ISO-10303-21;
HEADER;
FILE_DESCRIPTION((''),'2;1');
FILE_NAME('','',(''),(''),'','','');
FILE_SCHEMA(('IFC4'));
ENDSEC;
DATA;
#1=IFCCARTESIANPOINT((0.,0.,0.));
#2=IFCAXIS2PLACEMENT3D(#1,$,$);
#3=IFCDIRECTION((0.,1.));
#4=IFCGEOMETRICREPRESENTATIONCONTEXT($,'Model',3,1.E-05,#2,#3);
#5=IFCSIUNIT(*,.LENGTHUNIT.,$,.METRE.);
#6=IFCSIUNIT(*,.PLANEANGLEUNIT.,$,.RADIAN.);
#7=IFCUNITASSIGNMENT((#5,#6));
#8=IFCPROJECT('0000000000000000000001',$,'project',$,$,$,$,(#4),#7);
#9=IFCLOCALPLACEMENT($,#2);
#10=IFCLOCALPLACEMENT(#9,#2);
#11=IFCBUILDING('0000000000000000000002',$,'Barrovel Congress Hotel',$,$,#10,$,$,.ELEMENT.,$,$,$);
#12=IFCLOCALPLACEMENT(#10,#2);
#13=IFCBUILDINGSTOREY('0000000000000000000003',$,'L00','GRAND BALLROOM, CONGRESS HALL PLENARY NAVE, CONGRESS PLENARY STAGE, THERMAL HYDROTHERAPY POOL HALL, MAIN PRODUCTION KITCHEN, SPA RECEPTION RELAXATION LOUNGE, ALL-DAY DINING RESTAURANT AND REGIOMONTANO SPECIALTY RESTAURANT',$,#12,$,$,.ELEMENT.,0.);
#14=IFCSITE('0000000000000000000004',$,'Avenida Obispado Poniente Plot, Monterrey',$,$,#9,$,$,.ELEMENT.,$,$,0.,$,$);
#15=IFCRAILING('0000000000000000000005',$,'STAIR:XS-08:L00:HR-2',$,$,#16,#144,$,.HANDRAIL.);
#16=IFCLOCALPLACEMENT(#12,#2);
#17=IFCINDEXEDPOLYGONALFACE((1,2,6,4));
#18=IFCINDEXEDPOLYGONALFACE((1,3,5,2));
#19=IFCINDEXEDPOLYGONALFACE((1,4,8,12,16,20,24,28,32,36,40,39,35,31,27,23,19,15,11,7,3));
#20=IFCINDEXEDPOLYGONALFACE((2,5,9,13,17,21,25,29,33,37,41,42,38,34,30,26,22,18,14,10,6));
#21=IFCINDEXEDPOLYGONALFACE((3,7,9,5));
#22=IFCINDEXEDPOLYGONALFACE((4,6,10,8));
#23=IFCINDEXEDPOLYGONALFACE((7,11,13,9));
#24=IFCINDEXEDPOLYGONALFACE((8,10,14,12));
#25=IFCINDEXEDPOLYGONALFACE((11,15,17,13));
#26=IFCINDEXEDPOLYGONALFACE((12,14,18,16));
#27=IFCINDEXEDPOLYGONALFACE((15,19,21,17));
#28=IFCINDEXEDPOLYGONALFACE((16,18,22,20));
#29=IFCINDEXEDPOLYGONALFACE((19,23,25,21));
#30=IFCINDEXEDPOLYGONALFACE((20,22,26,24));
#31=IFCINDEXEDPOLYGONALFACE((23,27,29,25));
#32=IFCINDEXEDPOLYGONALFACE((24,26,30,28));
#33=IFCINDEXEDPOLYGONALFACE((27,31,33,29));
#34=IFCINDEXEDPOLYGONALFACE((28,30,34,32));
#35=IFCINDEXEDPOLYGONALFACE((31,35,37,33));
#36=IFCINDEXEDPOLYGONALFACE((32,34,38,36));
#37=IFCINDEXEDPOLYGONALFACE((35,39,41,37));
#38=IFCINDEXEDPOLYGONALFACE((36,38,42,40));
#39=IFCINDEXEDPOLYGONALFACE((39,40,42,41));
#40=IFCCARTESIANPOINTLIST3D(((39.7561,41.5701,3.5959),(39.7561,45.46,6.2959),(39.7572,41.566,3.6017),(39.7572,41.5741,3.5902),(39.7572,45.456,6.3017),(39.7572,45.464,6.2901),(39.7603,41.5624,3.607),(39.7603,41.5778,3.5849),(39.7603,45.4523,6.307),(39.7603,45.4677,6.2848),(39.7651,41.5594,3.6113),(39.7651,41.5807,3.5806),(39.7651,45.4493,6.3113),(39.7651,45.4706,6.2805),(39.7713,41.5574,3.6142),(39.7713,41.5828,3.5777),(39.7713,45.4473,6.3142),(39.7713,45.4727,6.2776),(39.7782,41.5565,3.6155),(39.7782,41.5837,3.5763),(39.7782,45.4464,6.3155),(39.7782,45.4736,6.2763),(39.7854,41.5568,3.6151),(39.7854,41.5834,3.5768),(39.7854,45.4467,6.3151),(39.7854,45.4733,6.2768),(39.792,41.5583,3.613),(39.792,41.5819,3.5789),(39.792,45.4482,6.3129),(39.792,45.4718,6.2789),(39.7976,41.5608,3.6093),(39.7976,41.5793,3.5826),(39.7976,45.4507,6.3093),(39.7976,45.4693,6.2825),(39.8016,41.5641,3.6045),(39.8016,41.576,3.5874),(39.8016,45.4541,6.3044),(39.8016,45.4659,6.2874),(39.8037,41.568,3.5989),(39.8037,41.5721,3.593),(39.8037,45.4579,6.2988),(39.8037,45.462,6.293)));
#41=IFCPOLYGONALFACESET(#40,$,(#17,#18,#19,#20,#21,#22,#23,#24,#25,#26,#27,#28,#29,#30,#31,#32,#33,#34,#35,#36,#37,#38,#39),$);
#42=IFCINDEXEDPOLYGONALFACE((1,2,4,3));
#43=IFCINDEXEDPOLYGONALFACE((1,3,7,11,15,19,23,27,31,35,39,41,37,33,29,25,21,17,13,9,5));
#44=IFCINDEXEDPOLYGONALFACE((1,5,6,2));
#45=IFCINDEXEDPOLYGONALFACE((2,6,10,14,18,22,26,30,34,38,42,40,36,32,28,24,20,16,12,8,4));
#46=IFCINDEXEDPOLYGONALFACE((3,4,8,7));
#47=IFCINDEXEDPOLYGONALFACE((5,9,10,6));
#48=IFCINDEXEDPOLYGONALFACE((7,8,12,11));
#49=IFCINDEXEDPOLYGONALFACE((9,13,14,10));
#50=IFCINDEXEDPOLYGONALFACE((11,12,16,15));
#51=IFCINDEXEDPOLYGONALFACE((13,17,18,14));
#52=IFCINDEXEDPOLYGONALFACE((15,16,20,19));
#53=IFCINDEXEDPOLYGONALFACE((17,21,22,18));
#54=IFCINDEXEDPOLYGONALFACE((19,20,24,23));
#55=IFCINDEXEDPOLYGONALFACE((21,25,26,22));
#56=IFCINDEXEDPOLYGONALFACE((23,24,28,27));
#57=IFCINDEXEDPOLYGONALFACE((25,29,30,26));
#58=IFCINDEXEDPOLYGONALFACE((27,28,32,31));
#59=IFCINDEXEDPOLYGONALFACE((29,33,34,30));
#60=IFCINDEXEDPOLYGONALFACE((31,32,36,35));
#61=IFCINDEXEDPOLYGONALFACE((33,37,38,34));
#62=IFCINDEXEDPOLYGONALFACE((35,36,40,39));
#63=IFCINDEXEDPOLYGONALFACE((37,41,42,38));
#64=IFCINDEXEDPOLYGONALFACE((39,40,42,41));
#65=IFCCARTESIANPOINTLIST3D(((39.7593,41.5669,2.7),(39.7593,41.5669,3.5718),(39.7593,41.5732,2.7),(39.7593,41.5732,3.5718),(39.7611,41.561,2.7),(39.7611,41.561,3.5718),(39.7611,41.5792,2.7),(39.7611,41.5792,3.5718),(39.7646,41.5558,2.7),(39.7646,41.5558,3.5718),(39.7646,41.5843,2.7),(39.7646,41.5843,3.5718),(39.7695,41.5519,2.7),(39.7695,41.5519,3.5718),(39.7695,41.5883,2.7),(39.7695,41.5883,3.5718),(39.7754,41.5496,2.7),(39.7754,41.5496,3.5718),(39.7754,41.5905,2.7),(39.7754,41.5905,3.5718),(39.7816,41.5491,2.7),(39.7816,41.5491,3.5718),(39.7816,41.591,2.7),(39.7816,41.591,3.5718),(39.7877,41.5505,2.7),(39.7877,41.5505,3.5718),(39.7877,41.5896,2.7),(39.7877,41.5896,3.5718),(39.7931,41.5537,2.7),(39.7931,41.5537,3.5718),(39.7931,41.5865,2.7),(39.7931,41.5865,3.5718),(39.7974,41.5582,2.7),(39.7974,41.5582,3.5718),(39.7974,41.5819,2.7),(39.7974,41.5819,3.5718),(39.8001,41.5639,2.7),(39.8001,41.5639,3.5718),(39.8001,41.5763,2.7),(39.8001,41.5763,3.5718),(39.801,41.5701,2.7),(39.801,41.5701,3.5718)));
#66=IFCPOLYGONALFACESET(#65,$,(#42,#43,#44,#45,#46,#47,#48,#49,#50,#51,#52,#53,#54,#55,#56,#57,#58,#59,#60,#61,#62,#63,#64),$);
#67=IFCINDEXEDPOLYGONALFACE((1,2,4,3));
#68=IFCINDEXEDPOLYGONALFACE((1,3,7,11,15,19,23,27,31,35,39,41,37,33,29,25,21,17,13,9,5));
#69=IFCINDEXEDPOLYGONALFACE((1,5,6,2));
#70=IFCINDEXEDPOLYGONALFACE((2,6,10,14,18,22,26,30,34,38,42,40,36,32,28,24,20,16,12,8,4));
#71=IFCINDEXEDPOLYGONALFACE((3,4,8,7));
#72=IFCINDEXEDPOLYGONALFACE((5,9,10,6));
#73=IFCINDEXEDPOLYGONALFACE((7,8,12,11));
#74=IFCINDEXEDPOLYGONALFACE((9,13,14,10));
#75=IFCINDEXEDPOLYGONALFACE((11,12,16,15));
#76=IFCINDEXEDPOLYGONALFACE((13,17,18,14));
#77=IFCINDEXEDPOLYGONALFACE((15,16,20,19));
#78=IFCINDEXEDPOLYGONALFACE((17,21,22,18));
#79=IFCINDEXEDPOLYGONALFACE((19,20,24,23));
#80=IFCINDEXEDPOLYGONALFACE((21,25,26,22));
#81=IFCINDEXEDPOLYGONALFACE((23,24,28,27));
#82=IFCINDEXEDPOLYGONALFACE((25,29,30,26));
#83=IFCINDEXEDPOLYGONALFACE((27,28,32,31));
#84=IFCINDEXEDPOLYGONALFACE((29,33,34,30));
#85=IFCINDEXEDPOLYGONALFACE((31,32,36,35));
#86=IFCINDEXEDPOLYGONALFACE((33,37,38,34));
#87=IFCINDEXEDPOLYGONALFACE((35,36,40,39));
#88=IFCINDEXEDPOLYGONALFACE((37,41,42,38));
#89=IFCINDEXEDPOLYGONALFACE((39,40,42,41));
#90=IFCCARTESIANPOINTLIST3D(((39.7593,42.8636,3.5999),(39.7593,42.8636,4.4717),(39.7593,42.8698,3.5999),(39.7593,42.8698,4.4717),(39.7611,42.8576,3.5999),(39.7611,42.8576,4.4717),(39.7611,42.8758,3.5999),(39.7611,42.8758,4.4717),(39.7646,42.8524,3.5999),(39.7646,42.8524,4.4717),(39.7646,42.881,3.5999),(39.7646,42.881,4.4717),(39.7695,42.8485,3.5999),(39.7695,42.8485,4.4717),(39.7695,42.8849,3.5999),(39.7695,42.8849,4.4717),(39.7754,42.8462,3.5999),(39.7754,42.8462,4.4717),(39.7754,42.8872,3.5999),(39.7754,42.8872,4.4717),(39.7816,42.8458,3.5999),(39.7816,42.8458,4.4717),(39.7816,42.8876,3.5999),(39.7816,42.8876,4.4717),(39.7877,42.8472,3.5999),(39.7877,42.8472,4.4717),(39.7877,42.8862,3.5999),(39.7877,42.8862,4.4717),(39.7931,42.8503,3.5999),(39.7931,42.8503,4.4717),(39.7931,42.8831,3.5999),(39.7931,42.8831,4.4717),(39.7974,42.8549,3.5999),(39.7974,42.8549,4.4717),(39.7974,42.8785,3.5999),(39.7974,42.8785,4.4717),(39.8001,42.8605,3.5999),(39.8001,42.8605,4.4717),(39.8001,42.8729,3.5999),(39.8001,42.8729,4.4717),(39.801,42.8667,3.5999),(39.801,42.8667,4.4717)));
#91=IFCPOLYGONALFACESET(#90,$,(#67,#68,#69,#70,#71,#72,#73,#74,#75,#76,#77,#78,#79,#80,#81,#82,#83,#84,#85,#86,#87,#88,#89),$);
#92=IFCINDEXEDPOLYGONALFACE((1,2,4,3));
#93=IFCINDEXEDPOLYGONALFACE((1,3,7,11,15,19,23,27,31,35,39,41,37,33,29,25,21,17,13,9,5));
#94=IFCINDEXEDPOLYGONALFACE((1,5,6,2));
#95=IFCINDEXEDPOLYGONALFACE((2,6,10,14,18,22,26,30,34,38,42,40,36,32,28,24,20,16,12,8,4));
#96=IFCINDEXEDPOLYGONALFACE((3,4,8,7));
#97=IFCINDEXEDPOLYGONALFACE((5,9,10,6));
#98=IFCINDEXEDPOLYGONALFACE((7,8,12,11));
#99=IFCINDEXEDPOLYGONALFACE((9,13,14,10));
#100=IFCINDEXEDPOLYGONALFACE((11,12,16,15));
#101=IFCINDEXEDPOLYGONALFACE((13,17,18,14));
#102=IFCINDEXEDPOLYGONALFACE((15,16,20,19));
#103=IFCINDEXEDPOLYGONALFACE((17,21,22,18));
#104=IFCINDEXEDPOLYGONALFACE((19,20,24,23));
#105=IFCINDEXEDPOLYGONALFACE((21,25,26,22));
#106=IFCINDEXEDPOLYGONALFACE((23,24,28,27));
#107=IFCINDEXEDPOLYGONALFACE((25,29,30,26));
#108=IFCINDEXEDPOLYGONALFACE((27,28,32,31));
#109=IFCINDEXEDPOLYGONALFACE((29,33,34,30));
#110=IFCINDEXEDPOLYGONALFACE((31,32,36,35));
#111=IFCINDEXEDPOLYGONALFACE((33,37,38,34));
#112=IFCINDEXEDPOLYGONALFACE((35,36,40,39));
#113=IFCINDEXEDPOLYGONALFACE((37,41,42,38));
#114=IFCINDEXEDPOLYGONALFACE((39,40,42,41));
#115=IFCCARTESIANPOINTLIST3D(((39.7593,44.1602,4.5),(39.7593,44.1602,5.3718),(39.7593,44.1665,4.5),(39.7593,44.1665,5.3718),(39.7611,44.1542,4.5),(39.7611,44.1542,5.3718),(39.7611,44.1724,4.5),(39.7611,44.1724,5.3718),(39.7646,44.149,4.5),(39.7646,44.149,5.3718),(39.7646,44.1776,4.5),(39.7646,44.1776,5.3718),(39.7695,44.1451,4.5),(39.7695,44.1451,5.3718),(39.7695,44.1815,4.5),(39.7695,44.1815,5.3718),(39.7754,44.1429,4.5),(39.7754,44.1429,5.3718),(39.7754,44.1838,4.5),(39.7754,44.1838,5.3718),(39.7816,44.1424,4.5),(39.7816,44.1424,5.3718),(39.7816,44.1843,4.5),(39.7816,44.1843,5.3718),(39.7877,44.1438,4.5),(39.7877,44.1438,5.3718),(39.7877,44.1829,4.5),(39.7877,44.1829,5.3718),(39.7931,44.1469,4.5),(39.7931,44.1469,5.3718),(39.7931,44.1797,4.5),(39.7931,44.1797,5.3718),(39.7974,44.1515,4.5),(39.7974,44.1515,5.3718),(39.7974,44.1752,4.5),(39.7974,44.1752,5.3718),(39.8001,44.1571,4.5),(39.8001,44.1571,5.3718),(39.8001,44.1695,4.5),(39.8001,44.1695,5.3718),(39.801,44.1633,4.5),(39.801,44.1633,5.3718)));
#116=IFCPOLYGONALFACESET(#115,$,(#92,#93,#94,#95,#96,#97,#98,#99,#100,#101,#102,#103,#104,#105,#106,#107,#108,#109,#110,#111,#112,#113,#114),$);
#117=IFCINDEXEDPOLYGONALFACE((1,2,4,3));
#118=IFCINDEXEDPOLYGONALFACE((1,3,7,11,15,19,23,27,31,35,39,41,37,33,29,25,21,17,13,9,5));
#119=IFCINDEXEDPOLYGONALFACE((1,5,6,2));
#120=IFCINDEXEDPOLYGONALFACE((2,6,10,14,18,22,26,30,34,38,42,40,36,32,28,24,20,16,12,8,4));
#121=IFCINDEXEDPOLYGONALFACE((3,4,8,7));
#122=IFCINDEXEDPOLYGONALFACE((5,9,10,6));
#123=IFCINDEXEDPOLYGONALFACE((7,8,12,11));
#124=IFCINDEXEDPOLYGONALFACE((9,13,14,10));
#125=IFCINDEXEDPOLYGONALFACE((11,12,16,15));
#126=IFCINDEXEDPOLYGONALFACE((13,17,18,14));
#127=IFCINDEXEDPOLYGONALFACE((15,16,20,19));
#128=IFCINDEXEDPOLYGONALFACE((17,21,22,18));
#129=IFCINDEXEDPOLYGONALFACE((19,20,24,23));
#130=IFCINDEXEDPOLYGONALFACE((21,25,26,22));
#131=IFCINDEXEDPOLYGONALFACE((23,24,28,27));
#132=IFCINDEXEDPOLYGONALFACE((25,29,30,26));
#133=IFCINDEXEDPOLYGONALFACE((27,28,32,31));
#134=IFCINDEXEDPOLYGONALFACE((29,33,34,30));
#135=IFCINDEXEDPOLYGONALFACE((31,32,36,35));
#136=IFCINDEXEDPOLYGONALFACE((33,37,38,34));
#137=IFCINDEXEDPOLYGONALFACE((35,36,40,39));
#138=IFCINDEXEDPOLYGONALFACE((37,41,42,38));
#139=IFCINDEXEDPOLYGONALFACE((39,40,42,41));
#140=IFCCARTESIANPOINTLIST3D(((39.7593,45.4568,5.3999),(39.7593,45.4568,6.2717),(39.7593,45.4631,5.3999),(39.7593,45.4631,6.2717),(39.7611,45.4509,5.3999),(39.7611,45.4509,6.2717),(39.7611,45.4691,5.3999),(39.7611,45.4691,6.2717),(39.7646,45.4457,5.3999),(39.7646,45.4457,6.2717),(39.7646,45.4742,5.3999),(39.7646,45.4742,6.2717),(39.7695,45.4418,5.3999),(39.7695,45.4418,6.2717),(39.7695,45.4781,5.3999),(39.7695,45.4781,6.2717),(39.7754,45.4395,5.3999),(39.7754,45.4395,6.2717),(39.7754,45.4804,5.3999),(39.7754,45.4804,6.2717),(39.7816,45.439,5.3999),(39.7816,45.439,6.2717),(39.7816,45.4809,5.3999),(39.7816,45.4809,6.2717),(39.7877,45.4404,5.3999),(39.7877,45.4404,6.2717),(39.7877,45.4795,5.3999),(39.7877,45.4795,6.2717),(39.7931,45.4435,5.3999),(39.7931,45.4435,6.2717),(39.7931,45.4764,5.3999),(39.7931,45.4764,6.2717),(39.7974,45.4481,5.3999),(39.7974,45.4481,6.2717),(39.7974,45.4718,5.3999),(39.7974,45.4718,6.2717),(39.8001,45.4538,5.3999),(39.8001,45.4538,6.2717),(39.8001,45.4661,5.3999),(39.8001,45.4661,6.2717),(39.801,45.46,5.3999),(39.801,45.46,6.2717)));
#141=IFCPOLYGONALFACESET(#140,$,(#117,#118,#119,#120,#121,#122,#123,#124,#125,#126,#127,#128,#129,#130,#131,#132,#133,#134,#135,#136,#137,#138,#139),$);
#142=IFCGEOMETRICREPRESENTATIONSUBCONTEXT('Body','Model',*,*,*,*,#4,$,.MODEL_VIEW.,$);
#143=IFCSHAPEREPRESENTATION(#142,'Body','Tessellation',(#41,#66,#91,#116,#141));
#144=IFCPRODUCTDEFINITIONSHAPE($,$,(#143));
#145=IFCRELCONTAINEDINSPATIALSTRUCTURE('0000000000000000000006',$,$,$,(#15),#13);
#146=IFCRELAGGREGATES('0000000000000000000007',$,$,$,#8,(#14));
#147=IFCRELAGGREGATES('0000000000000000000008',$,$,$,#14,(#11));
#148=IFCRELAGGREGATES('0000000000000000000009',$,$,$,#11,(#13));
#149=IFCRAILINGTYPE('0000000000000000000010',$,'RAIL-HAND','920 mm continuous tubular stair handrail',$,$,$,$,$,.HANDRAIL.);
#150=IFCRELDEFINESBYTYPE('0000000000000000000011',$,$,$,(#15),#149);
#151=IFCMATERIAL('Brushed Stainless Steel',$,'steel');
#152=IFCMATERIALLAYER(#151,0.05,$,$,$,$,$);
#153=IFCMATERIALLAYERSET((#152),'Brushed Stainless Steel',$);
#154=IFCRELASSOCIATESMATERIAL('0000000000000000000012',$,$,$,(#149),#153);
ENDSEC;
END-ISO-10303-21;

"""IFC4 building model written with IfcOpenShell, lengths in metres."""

from ifc_helpers import new_model, si_unit, direction, frame, origin, origin_2d, place, context, subcontext, project, spatial, circle, extrude, material, layer, layer_set, type_object, element, save


model = new_model("IFC4")

# Units and contexts
model_context = context("Model", 3, precision=1e-05, world=origin(), true_north=direction((0.0, 1.0)))
body_context = subcontext(model_context, "Body", "Model", "MODEL_VIEW")
ifc_project = project(units=[si_unit("LENGTHUNIT", "METRE"), si_unit("PLANEANGLEUNIT", "RADIAN")], contexts=[model_context])

# Site, building, storey
site_placement = place(None, origin())
site = spatial("IfcSite", under=ifc_project, at=site_placement, Name="Avenida Obispado Poniente Plot, Monterrey", CompositionType="ELEMENT", RefElevation=0.0)
building_placement = place(site_placement, origin())
building = spatial("IfcBuilding", under=site, at=building_placement, Name="Barrovel Congress Hotel", CompositionType="ELEMENT")
storey_placement = place(building_placement, origin())
storey = spatial("IfcBuildingStorey", under=building, at=storey_placement, Name="L00", Description="GRAND BALLROOM, CONGRESS HALL PLENARY NAVE, CONGRESS PLENARY STAGE, THERMAL HYDROTHERAPY POOL HALL, MAIN PRODUCTION KITCHEN, SPA RECEPTION RELAXATION LOUNGE, ALL-DAY DINING RESTAURANT AND REGIOMONTANO SPECIALTY RESTAURANT", CompositionType="ELEMENT", Elevation=0.0)

# Railing
ifc_material_1 = material(Name="Brushed Stainless Steel", Category="steel")
ifc_layer_1 = layer(ifc_material_1, 0.05)
ifc_layer_set_1 = layer_set([ifc_layer_1], Name="Brushed Stainless Steel")
railing_type_1 = type_object("IfcRailingType", Name="RAIL-HAND", Description="920 mm continuous tubular stair handrail", PredefinedType="HANDRAIL", material=ifc_layer_set_1)
railing_1_placement = place(storey_placement, frame((39.78, 41.5701, 2.7)))
element("IfcRailing", 1, at=railing_1_placement, inside=storey, type_object=railing_type_1, Name="STAIR:XS-08:L00:HR-2", PredefinedType="HANDRAIL", context=body_context, shape_type="SweptSolid", body=[
    extrude(circle(Radius=0.0239, at=origin_2d()), frame((0.0, 0.0, 0.896), z_axis=(0.0, 0.821505, 0.570202), x_axis=(-1.0, 0.0, 0.0)), (0.0, 0.0, 1.0), 4.7351),
    extrude(circle(Radius=0.021, at=origin_2d()), origin(), (0.0, 0.0, 1.0), 0.8718),
    extrude(circle(Radius=0.021, at=origin_2d()), frame((0.0, 1.2966, 0.8999)), (0.0, 0.0, 1.0), 0.8718),
    extrude(circle(Radius=0.021, at=origin_2d()), frame((0.0, 2.5933, 1.8)), (0.0, 0.0, 1.0), 0.8718),
    extrude(circle(Radius=0.021, at=origin_2d()), frame((0.0, 3.8899, 2.7)), (0.0, 0.0, 1.0), 0.8718),
])

save(model, "model.ifc")
